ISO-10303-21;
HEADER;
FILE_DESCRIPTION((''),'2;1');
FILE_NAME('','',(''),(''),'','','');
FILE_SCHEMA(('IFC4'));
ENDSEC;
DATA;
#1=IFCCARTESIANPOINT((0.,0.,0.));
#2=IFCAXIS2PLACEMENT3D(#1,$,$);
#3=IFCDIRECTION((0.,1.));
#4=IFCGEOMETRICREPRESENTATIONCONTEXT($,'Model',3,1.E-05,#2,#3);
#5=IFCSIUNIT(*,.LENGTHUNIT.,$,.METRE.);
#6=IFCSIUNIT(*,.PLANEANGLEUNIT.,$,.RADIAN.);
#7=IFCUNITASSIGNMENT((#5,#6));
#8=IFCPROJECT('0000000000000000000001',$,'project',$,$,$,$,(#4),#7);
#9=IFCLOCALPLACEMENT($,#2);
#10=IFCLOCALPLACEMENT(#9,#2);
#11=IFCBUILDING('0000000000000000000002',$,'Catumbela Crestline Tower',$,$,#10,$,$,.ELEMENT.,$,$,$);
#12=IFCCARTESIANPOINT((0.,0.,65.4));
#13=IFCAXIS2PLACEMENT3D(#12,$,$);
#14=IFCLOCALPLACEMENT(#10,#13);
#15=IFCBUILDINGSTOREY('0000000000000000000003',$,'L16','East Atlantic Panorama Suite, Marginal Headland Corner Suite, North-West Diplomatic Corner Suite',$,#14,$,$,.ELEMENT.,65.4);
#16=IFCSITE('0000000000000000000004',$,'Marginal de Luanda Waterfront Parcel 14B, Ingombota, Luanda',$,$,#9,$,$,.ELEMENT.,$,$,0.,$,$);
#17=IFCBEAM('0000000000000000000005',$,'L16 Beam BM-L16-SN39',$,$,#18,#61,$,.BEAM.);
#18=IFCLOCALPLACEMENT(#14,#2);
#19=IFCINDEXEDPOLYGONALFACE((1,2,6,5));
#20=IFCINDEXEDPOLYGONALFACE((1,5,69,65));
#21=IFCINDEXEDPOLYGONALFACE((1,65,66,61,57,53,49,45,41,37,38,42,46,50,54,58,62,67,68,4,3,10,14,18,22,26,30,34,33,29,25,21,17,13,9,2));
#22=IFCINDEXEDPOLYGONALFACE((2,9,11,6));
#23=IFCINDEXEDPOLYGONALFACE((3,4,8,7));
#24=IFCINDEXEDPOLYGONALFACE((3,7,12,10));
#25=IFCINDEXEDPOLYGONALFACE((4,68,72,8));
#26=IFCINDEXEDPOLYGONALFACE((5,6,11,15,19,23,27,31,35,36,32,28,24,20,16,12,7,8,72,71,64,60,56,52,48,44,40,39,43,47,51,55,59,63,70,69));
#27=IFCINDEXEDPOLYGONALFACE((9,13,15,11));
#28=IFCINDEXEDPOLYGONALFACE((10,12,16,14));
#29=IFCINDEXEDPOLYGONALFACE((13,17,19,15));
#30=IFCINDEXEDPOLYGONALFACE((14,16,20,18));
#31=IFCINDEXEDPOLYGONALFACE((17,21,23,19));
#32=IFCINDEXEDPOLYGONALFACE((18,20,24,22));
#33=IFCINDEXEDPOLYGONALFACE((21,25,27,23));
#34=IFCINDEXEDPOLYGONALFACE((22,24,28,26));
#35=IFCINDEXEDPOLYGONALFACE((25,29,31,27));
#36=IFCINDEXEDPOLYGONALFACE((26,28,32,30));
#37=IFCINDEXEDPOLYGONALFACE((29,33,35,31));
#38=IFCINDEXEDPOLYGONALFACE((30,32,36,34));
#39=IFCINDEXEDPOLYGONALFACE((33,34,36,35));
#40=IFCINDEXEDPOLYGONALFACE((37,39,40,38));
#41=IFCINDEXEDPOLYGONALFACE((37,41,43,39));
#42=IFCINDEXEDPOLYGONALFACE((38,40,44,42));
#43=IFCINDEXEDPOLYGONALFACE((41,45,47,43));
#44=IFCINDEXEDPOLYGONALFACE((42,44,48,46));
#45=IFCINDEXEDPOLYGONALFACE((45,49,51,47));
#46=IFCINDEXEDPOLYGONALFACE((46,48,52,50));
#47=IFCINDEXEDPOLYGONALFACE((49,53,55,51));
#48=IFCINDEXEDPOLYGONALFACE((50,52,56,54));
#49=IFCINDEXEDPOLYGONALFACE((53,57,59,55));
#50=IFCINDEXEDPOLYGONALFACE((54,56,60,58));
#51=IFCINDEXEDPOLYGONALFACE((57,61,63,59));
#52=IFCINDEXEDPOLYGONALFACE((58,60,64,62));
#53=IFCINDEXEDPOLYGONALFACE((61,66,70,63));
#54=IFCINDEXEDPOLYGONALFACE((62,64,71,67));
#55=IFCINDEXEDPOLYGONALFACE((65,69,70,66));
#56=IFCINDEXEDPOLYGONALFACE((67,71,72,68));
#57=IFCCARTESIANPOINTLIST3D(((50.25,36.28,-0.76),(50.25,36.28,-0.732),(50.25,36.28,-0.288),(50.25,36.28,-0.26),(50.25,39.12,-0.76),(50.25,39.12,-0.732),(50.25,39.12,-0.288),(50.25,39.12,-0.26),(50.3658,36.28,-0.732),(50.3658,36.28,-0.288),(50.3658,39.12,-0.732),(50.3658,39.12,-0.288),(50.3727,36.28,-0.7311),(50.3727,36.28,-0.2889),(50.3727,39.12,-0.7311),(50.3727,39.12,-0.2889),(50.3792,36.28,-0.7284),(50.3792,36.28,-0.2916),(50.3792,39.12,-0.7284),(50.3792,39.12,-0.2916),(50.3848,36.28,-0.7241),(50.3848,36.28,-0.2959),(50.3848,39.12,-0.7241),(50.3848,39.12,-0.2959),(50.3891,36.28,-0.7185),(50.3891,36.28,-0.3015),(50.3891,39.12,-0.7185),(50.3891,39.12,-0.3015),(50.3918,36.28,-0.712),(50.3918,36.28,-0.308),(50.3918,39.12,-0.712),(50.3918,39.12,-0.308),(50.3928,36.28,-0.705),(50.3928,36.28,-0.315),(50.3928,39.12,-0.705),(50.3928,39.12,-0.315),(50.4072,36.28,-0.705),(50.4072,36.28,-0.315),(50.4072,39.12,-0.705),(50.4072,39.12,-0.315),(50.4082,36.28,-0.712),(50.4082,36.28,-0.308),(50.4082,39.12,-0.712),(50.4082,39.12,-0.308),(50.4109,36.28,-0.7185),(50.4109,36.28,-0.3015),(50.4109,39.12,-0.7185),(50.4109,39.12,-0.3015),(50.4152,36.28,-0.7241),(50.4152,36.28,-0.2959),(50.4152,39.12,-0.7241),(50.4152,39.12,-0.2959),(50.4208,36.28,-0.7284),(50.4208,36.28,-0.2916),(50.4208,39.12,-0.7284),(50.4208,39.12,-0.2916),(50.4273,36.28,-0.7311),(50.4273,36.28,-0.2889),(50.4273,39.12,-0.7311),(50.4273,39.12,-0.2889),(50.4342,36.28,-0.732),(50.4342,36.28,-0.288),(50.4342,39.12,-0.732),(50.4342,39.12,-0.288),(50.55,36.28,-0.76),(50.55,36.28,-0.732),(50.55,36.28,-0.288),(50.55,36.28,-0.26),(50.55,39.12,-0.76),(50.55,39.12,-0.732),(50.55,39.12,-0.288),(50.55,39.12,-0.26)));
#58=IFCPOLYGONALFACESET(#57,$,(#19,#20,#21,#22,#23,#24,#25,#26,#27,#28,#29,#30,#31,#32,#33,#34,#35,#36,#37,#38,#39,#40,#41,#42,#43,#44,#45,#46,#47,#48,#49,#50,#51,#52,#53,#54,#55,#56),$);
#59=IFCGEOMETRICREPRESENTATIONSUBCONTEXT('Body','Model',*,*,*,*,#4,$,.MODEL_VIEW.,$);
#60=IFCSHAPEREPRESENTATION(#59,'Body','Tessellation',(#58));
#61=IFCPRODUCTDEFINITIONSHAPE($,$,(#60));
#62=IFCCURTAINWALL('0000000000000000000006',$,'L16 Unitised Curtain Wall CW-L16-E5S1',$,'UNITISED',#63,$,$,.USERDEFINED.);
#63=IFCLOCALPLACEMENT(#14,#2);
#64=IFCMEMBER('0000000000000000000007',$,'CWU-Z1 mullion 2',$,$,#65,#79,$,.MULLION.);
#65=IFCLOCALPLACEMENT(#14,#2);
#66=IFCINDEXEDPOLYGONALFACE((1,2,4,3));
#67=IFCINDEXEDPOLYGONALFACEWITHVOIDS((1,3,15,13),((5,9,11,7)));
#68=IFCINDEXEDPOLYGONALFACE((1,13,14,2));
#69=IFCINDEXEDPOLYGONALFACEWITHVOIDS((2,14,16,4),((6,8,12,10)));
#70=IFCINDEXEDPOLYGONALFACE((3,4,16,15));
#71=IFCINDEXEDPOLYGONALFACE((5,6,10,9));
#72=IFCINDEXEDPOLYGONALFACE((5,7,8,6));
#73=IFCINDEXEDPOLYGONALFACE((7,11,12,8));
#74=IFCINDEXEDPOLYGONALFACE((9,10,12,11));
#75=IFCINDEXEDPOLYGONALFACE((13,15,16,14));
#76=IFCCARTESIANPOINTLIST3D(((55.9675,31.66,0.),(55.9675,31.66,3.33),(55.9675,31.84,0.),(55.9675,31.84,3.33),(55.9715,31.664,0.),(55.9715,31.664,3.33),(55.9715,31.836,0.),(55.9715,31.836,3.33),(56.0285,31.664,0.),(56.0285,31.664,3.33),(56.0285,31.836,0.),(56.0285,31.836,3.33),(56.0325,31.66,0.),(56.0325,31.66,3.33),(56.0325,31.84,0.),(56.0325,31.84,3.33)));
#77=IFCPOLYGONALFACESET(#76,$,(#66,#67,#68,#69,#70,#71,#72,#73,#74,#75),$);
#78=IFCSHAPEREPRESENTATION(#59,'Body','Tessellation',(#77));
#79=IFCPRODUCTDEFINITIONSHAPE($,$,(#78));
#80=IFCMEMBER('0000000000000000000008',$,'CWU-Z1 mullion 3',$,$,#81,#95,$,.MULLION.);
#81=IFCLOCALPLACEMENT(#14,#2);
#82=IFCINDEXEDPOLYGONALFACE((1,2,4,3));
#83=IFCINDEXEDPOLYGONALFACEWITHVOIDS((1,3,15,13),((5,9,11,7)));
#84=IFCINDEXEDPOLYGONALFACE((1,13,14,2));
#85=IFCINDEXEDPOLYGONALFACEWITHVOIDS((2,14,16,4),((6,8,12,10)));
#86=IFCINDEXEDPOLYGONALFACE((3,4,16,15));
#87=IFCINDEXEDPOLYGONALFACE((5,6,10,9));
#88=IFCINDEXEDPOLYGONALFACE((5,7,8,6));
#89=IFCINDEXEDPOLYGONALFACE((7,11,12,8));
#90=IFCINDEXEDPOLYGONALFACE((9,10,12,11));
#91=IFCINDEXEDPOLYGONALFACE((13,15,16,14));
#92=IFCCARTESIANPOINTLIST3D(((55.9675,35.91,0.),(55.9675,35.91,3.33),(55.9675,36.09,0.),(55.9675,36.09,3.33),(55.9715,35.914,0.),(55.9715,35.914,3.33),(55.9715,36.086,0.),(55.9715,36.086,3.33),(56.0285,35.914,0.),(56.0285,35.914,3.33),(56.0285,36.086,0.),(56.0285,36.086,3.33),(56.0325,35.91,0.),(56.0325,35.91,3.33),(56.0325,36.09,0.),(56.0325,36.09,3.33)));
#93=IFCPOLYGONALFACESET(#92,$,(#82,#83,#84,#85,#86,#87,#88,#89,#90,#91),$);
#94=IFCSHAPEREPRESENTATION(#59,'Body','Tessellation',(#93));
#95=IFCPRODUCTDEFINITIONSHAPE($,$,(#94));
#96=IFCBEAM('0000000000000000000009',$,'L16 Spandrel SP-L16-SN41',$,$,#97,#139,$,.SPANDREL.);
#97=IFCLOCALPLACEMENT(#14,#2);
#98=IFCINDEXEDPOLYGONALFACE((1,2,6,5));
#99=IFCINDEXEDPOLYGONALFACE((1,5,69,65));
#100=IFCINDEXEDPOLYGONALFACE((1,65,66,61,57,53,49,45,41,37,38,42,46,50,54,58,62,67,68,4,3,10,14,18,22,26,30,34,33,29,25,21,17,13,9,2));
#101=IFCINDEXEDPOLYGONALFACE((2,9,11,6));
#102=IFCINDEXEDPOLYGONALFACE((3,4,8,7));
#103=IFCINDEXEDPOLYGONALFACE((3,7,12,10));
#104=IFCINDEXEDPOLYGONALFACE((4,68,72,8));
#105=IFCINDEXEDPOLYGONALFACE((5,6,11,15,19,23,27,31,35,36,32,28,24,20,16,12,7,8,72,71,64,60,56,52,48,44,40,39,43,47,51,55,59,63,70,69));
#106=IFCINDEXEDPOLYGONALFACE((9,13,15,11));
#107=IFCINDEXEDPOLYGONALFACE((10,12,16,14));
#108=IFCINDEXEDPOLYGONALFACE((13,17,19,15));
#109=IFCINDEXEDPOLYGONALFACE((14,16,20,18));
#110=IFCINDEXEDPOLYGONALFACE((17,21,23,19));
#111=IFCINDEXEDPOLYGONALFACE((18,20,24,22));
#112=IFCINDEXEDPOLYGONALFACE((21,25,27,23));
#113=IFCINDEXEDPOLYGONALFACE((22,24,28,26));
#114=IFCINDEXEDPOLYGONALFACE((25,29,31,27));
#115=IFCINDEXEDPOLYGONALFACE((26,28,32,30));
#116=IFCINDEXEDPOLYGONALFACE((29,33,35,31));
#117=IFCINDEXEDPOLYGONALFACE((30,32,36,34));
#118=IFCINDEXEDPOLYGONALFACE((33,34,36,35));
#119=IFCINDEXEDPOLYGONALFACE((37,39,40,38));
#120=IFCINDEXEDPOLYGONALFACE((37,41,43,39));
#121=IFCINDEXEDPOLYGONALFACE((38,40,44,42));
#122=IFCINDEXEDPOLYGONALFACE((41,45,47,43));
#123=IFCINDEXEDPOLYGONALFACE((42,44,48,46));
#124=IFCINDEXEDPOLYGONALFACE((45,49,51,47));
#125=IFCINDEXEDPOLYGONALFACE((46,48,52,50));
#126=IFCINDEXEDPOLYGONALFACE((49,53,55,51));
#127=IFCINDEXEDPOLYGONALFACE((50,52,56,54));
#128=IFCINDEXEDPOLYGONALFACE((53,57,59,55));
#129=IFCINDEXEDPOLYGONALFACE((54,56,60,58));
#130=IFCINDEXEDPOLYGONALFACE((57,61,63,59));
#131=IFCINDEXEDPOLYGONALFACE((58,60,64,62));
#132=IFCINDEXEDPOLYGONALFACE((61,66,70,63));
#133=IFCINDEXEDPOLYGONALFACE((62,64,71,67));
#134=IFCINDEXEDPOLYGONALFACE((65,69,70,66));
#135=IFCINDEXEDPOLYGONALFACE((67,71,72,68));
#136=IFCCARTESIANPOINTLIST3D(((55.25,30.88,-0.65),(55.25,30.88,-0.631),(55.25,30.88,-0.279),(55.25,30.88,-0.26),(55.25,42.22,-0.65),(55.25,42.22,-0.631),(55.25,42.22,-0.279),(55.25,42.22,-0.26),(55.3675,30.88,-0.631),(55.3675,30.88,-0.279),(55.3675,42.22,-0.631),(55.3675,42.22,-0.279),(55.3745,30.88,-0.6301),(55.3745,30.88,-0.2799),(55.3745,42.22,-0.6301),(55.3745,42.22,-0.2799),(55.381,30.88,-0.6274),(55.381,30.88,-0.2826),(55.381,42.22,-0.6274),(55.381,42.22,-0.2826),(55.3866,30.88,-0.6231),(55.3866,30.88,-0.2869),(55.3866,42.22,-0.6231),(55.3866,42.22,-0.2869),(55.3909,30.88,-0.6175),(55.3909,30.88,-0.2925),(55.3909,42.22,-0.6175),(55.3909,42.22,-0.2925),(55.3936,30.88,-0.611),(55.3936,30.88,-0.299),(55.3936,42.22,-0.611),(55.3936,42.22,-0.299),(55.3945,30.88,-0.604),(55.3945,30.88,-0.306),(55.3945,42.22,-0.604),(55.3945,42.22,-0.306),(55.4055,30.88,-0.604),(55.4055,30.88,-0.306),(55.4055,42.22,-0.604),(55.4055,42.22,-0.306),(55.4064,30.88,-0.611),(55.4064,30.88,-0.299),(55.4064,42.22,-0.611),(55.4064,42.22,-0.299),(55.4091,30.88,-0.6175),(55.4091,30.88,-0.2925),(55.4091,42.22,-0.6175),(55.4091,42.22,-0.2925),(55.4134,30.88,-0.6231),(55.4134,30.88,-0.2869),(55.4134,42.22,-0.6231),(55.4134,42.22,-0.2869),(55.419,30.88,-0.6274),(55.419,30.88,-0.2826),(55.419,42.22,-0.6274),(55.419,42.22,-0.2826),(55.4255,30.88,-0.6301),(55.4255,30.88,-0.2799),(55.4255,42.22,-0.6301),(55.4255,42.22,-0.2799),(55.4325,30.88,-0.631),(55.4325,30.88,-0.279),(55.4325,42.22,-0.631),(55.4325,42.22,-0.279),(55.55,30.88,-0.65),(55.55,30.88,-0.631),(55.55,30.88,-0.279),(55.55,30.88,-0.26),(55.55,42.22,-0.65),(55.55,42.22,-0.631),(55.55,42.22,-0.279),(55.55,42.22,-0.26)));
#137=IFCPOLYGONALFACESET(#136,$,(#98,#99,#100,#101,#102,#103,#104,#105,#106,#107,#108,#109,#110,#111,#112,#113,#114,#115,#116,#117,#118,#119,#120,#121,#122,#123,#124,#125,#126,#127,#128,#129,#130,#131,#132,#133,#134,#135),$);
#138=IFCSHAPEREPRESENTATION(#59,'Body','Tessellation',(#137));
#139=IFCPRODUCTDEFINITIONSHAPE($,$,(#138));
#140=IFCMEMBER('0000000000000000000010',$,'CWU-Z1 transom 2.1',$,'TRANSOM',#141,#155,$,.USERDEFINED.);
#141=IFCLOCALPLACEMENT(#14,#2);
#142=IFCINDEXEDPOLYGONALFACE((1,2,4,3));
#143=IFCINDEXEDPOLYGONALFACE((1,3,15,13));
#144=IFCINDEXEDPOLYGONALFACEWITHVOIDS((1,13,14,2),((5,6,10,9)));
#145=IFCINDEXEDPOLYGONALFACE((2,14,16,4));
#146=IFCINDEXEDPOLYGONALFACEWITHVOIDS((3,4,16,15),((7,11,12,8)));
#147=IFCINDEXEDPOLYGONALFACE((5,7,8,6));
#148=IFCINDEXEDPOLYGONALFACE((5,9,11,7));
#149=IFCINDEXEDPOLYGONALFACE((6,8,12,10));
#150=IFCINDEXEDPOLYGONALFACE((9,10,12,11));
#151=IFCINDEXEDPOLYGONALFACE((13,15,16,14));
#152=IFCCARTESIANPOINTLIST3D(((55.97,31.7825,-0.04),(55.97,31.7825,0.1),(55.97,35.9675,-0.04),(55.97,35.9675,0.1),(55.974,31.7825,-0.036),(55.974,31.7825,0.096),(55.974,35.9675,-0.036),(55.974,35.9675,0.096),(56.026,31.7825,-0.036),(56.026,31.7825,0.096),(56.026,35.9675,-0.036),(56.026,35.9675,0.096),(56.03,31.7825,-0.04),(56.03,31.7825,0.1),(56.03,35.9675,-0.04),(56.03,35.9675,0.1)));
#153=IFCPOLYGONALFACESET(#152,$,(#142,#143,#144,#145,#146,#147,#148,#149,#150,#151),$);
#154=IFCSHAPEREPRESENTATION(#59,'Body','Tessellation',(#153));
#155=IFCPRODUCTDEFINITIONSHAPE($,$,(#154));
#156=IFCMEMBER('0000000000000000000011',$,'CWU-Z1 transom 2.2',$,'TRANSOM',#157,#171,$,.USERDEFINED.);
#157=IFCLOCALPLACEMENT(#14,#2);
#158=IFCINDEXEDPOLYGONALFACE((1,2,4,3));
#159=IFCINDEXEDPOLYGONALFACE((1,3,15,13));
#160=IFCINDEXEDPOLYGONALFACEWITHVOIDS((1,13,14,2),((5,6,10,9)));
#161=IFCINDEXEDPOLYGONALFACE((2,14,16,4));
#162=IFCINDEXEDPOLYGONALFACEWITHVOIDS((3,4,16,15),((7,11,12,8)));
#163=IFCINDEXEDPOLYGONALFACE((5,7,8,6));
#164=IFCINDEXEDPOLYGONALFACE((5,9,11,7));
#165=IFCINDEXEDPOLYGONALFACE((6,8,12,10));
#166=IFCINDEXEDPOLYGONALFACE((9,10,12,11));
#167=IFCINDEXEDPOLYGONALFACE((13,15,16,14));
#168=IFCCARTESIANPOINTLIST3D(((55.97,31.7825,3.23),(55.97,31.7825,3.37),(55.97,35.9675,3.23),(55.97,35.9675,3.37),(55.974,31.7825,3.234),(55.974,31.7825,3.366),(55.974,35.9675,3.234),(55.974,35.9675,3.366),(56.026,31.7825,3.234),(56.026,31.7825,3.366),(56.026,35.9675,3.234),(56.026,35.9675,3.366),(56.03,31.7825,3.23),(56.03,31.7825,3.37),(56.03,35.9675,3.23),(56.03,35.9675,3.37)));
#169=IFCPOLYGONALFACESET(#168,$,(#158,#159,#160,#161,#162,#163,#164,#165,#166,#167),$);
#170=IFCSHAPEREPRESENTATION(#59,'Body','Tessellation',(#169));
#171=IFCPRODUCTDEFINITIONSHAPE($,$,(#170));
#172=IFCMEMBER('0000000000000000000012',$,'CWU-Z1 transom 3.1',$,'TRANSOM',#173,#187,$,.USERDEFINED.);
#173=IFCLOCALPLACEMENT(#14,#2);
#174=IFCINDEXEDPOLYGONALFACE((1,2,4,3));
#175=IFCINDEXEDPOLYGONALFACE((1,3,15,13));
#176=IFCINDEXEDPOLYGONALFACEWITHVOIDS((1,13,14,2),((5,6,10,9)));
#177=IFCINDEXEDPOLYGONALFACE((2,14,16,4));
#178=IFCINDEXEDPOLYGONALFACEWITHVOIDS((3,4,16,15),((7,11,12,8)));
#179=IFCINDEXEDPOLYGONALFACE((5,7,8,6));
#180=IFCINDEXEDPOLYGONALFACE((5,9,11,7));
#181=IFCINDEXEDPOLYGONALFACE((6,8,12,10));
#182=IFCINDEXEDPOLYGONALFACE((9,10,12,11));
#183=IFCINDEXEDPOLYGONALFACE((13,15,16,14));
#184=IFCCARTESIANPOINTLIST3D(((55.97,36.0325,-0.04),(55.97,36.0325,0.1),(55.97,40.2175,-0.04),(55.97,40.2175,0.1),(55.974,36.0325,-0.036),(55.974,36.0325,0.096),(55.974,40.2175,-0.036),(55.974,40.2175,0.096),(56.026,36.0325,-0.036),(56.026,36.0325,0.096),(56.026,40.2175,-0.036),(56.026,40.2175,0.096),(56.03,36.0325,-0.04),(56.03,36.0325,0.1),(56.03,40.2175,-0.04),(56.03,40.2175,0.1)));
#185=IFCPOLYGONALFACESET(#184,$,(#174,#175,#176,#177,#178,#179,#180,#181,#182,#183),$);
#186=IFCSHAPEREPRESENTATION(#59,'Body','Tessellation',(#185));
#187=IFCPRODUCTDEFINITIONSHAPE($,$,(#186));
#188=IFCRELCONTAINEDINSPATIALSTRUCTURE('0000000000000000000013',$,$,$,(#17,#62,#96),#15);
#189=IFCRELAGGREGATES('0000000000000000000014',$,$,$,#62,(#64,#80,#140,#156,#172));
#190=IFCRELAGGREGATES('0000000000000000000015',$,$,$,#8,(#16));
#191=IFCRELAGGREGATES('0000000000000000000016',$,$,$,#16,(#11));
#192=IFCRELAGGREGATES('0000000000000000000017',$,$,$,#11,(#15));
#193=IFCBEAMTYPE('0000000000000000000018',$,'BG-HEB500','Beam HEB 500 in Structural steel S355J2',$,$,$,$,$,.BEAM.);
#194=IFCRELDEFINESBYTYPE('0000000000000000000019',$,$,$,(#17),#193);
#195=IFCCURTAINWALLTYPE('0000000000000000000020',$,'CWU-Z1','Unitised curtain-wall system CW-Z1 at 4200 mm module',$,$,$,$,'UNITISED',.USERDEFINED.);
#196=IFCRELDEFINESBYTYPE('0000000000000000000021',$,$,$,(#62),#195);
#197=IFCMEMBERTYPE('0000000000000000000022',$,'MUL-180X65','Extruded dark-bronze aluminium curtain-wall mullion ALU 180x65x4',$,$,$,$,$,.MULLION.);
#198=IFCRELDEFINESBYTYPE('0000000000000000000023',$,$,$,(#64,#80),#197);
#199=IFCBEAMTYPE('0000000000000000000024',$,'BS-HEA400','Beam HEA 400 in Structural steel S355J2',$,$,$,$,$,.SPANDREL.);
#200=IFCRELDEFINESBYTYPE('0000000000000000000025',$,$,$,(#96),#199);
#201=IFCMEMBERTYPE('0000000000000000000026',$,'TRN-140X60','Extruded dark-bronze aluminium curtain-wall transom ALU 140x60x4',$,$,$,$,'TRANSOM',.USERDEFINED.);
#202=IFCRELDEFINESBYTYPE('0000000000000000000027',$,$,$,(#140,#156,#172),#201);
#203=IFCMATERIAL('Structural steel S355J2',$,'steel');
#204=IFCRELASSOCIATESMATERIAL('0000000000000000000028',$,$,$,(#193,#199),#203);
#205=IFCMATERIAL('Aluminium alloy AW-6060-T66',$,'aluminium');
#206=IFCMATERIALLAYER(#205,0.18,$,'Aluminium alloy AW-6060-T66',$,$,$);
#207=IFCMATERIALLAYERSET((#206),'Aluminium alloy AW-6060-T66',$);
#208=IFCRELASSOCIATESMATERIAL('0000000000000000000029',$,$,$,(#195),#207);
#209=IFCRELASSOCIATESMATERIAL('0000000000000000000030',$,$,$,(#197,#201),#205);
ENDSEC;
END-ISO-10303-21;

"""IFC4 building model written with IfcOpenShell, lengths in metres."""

from ifc_helpers import new_model, si_unit, direction, frame, origin, origin_2d, place, context, subcontext, project, spatial, hollow_rectangle, i_section, extrude, material, layer, layer_set, material_profile, profile_set, type_object, element, aggregate, save


model = new_model("IFC4")

# Units and contexts
model_context = context("Model", 3, precision=1e-05, world=origin(), true_north=direction((0.0, 1.0)))
body_context = subcontext(model_context, "Body", "Model", "MODEL_VIEW")
ifc_project = project(units=[si_unit("LENGTHUNIT", "METRE"), si_unit("PLANEANGLEUNIT", "RADIAN")], contexts=[model_context])

# Site, building, storey
site_placement = place(None, origin())
site = spatial("IfcSite", under=ifc_project, at=site_placement, Name="Marginal de Luanda Waterfront Parcel 14B, Ingombota, Luanda", CompositionType="ELEMENT", RefElevation=0.0)
building_placement = place(site_placement, origin())
building = spatial("IfcBuilding", under=site, at=building_placement, Name="Catumbela Crestline Tower", CompositionType="ELEMENT")
storey_placement = place(building_placement, frame((0.0, 0.0, 65.4)))
storey = spatial("IfcBuildingStorey", under=building, at=storey_placement, Name="L16", Description="East Atlantic Panorama Suite, Marginal Headland Corner Suite, North-West Diplomatic Corner Suite", CompositionType="ELEMENT", Elevation=65.4)

# Beam
ifc_material_1 = material(Name="Structural steel S355J2", Category="steel")
ifc_material_profile_1 = material_profile(ifc_material_1, i_section(OverallWidth=0.3, OverallDepth=0.5, WebThickness=0.0145, FlangeThickness=0.028, FilletRadius=0.027, at=origin_2d()), Name="HEB 500")
ifc_profile_set_1 = profile_set([ifc_material_profile_1], Name="Structural steel S355J2")
beam_type_1 = type_object("IfcBeamType", Name="BG-HEB500", Description="Beam HEB 500 in Structural steel S355J2", PredefinedType="BEAM", material=ifc_profile_set_1)
beam_1_placement = place(storey_placement, frame((50.4, 36.28, -0.51), z_axis=(0.0, 1.0, 0.0), x_axis=(-1.0, 0.0, 0.0)))
element("IfcBeam", 1, at=beam_1_placement, inside=storey, type_object=beam_type_1, Name="L16 Beam BM-L16-SN39", PredefinedType="BEAM", context=body_context, shape_type="SweptSolid", body=[
    extrude(i_section(OverallWidth=0.3, OverallDepth=0.5, WebThickness=0.0145, FlangeThickness=0.028, FilletRadius=0.027, at=origin_2d()), origin(), (0.0, 0.0, 1.0), 2.84),
])

# Curtain wall, members
ifc_material_2 = material(Name="Aluminium alloy AW-6060-T66", Category="aluminium")
ifc_layer_1 = layer(ifc_material_2, 0.18, Name="Aluminium alloy AW-6060-T66")
ifc_layer_set_1 = layer_set([ifc_layer_1], Name="Aluminium alloy AW-6060-T66")
curtain_wall_type = type_object("IfcCurtainWallType", Name="CWU-Z1", Description="Unitised curtain-wall system CW-Z1 at 4200 mm module", ElementType="UNITISED", PredefinedType="USERDEFINED", material=ifc_layer_set_1)
curtain_wall_placement = place(storey_placement, origin())
curtain_wall = element("IfcCurtainWall", 2, at=curtain_wall_placement, inside=storey, type_object=curtain_wall_type, Name="L16 Unitised Curtain Wall CW-L16-E5S1", ObjectType="UNITISED", PredefinedType="USERDEFINED")
ifc_material_profile_2 = material_profile(ifc_material_2, hollow_rectangle(XDim=0.065, YDim=0.18, WallThickness=0.004, at=origin_2d()), Name="ALU 180x65x4")
ifc_profile_set_2 = profile_set([ifc_material_profile_2], Name="Aluminium alloy AW-6060-T66")
member_type_1 = type_object("IfcMemberType", Name="MUL-180X65", Description="Extruded dark-bronze aluminium curtain-wall mullion ALU 180x65x4", PredefinedType="MULLION", material=ifc_profile_set_2)
member_1_placement = place(storey_placement, frame((56.0, 31.75, 0.0), z_axis=(0.0, 0.0, 1.0), x_axis=(-1.0, 0.0, 0.0)))
member_1 = element("IfcMember", 3, at=member_1_placement, type_object=member_type_1, Name="CWU-Z1 mullion 2", PredefinedType="MULLION", context=body_context, shape_type="SweptSolid", body=[
    extrude(hollow_rectangle(XDim=0.065, YDim=0.18, WallThickness=0.004, at=origin_2d()), origin(), (0.0, 0.0, 1.0), 3.33),
])
member_2_placement = place(storey_placement, frame((56.0, 36.0, 0.0), z_axis=(0.0, 0.0, 1.0), x_axis=(-1.0, 0.0, 0.0)))
member_2 = element("IfcMember", 4, at=member_2_placement, type_object=member_type_1, Name="CWU-Z1 mullion 3", PredefinedType="MULLION", context=body_context, shape_type="SweptSolid", body=[
    extrude(hollow_rectangle(XDim=0.065, YDim=0.18, WallThickness=0.004, at=origin_2d()), origin(), (0.0, 0.0, 1.0), 3.33),
])

# Beam
ifc_material_profile_3 = material_profile(ifc_material_1, i_section(OverallWidth=0.3, OverallDepth=0.39, WebThickness=0.011, FlangeThickness=0.019, FilletRadius=0.027, at=origin_2d()), Name="HEA 400")
ifc_profile_set_3 = profile_set([ifc_material_profile_3], Name="Structural steel S355J2")
beam_type_2 = type_object("IfcBeamType", Name="BS-HEA400", Description="Beam HEA 400 in Structural steel S355J2", PredefinedType="SPANDREL", material=ifc_profile_set_3)
beam_2_placement = place(storey_placement, frame((55.4, 30.88, -0.455), z_axis=(0.0, 1.0, 0.0), x_axis=(-1.0, 0.0, 0.0)))
element("IfcBeam", 5, at=beam_2_placement, inside=storey, type_object=beam_type_2, Name="L16 Spandrel SP-L16-SN41", PredefinedType="SPANDREL", context=body_context, shape_type="SweptSolid", body=[
    extrude(i_section(OverallWidth=0.3, OverallDepth=0.39, WebThickness=0.011, FlangeThickness=0.019, FilletRadius=0.027, at=origin_2d()), origin(), (0.0, 0.0, 1.0), 11.34),
])

# Members
ifc_material_profile_4 = material_profile(ifc_material_2, hollow_rectangle(XDim=0.06, YDim=0.14, WallThickness=0.004, at=origin_2d()), Name="ALU 140x60x4")
ifc_profile_set_4 = profile_set([ifc_material_profile_4], Name="Aluminium alloy AW-6060-T66")
member_type_2 = type_object("IfcMemberType", Name="TRN-140X60", Description="Extruded dark-bronze aluminium curtain-wall transom ALU 140x60x4", ElementType="TRANSOM", PredefinedType="USERDEFINED", material=ifc_profile_set_4)
member_3_placement = place(storey_placement, frame((56.0, 31.7825, 0.03), z_axis=(0.0, 1.0, 0.0), x_axis=(-1.0, 0.0, 0.0)))
member_3 = element("IfcMember", 6, at=member_3_placement, type_object=member_type_2, Name="CWU-Z1 transom 2.1", ObjectType="TRANSOM", PredefinedType="USERDEFINED", context=body_context, shape_type="SweptSolid", body=[
    extrude(hollow_rectangle(XDim=0.06, YDim=0.14, WallThickness=0.004, at=origin_2d()), origin(), (0.0, 0.0, 1.0), 4.185),
])
member_4_placement = place(storey_placement, frame((56.0, 31.7825, 3.3), z_axis=(0.0, 1.0, 0.0), x_axis=(-1.0, 0.0, 0.0)))
member_4 = element("IfcMember", 7, at=member_4_placement, type_object=member_type_2, Name="CWU-Z1 transom 2.2", ObjectType="TRANSOM", PredefinedType="USERDEFINED", context=body_context, shape_type="SweptSolid", body=[
    extrude(hollow_rectangle(XDim=0.06, YDim=0.14, WallThickness=0.004, at=origin_2d()), origin(), (0.0, 0.0, 1.0), 4.185),
])
member_5_placement = place(storey_placement, frame((56.0, 36.0325, 0.03), z_axis=(0.0, 1.0, 0.0), x_axis=(-1.0, 0.0, 0.0)))
member_5 = element("IfcMember", 8, at=member_5_placement, type_object=member_type_2, Name="CWU-Z1 transom 3.1", ObjectType="TRANSOM", PredefinedType="USERDEFINED", context=body_context, shape_type="SweptSolid", body=[
    extrude(hollow_rectangle(XDim=0.06, YDim=0.14, WallThickness=0.004, at=origin_2d()), origin(), (0.0, 0.0, 1.0), 4.185),
])

aggregate(curtain_wall, [member_1, member_2, member_3, member_4, member_5])

save(model, "model.ifc")
